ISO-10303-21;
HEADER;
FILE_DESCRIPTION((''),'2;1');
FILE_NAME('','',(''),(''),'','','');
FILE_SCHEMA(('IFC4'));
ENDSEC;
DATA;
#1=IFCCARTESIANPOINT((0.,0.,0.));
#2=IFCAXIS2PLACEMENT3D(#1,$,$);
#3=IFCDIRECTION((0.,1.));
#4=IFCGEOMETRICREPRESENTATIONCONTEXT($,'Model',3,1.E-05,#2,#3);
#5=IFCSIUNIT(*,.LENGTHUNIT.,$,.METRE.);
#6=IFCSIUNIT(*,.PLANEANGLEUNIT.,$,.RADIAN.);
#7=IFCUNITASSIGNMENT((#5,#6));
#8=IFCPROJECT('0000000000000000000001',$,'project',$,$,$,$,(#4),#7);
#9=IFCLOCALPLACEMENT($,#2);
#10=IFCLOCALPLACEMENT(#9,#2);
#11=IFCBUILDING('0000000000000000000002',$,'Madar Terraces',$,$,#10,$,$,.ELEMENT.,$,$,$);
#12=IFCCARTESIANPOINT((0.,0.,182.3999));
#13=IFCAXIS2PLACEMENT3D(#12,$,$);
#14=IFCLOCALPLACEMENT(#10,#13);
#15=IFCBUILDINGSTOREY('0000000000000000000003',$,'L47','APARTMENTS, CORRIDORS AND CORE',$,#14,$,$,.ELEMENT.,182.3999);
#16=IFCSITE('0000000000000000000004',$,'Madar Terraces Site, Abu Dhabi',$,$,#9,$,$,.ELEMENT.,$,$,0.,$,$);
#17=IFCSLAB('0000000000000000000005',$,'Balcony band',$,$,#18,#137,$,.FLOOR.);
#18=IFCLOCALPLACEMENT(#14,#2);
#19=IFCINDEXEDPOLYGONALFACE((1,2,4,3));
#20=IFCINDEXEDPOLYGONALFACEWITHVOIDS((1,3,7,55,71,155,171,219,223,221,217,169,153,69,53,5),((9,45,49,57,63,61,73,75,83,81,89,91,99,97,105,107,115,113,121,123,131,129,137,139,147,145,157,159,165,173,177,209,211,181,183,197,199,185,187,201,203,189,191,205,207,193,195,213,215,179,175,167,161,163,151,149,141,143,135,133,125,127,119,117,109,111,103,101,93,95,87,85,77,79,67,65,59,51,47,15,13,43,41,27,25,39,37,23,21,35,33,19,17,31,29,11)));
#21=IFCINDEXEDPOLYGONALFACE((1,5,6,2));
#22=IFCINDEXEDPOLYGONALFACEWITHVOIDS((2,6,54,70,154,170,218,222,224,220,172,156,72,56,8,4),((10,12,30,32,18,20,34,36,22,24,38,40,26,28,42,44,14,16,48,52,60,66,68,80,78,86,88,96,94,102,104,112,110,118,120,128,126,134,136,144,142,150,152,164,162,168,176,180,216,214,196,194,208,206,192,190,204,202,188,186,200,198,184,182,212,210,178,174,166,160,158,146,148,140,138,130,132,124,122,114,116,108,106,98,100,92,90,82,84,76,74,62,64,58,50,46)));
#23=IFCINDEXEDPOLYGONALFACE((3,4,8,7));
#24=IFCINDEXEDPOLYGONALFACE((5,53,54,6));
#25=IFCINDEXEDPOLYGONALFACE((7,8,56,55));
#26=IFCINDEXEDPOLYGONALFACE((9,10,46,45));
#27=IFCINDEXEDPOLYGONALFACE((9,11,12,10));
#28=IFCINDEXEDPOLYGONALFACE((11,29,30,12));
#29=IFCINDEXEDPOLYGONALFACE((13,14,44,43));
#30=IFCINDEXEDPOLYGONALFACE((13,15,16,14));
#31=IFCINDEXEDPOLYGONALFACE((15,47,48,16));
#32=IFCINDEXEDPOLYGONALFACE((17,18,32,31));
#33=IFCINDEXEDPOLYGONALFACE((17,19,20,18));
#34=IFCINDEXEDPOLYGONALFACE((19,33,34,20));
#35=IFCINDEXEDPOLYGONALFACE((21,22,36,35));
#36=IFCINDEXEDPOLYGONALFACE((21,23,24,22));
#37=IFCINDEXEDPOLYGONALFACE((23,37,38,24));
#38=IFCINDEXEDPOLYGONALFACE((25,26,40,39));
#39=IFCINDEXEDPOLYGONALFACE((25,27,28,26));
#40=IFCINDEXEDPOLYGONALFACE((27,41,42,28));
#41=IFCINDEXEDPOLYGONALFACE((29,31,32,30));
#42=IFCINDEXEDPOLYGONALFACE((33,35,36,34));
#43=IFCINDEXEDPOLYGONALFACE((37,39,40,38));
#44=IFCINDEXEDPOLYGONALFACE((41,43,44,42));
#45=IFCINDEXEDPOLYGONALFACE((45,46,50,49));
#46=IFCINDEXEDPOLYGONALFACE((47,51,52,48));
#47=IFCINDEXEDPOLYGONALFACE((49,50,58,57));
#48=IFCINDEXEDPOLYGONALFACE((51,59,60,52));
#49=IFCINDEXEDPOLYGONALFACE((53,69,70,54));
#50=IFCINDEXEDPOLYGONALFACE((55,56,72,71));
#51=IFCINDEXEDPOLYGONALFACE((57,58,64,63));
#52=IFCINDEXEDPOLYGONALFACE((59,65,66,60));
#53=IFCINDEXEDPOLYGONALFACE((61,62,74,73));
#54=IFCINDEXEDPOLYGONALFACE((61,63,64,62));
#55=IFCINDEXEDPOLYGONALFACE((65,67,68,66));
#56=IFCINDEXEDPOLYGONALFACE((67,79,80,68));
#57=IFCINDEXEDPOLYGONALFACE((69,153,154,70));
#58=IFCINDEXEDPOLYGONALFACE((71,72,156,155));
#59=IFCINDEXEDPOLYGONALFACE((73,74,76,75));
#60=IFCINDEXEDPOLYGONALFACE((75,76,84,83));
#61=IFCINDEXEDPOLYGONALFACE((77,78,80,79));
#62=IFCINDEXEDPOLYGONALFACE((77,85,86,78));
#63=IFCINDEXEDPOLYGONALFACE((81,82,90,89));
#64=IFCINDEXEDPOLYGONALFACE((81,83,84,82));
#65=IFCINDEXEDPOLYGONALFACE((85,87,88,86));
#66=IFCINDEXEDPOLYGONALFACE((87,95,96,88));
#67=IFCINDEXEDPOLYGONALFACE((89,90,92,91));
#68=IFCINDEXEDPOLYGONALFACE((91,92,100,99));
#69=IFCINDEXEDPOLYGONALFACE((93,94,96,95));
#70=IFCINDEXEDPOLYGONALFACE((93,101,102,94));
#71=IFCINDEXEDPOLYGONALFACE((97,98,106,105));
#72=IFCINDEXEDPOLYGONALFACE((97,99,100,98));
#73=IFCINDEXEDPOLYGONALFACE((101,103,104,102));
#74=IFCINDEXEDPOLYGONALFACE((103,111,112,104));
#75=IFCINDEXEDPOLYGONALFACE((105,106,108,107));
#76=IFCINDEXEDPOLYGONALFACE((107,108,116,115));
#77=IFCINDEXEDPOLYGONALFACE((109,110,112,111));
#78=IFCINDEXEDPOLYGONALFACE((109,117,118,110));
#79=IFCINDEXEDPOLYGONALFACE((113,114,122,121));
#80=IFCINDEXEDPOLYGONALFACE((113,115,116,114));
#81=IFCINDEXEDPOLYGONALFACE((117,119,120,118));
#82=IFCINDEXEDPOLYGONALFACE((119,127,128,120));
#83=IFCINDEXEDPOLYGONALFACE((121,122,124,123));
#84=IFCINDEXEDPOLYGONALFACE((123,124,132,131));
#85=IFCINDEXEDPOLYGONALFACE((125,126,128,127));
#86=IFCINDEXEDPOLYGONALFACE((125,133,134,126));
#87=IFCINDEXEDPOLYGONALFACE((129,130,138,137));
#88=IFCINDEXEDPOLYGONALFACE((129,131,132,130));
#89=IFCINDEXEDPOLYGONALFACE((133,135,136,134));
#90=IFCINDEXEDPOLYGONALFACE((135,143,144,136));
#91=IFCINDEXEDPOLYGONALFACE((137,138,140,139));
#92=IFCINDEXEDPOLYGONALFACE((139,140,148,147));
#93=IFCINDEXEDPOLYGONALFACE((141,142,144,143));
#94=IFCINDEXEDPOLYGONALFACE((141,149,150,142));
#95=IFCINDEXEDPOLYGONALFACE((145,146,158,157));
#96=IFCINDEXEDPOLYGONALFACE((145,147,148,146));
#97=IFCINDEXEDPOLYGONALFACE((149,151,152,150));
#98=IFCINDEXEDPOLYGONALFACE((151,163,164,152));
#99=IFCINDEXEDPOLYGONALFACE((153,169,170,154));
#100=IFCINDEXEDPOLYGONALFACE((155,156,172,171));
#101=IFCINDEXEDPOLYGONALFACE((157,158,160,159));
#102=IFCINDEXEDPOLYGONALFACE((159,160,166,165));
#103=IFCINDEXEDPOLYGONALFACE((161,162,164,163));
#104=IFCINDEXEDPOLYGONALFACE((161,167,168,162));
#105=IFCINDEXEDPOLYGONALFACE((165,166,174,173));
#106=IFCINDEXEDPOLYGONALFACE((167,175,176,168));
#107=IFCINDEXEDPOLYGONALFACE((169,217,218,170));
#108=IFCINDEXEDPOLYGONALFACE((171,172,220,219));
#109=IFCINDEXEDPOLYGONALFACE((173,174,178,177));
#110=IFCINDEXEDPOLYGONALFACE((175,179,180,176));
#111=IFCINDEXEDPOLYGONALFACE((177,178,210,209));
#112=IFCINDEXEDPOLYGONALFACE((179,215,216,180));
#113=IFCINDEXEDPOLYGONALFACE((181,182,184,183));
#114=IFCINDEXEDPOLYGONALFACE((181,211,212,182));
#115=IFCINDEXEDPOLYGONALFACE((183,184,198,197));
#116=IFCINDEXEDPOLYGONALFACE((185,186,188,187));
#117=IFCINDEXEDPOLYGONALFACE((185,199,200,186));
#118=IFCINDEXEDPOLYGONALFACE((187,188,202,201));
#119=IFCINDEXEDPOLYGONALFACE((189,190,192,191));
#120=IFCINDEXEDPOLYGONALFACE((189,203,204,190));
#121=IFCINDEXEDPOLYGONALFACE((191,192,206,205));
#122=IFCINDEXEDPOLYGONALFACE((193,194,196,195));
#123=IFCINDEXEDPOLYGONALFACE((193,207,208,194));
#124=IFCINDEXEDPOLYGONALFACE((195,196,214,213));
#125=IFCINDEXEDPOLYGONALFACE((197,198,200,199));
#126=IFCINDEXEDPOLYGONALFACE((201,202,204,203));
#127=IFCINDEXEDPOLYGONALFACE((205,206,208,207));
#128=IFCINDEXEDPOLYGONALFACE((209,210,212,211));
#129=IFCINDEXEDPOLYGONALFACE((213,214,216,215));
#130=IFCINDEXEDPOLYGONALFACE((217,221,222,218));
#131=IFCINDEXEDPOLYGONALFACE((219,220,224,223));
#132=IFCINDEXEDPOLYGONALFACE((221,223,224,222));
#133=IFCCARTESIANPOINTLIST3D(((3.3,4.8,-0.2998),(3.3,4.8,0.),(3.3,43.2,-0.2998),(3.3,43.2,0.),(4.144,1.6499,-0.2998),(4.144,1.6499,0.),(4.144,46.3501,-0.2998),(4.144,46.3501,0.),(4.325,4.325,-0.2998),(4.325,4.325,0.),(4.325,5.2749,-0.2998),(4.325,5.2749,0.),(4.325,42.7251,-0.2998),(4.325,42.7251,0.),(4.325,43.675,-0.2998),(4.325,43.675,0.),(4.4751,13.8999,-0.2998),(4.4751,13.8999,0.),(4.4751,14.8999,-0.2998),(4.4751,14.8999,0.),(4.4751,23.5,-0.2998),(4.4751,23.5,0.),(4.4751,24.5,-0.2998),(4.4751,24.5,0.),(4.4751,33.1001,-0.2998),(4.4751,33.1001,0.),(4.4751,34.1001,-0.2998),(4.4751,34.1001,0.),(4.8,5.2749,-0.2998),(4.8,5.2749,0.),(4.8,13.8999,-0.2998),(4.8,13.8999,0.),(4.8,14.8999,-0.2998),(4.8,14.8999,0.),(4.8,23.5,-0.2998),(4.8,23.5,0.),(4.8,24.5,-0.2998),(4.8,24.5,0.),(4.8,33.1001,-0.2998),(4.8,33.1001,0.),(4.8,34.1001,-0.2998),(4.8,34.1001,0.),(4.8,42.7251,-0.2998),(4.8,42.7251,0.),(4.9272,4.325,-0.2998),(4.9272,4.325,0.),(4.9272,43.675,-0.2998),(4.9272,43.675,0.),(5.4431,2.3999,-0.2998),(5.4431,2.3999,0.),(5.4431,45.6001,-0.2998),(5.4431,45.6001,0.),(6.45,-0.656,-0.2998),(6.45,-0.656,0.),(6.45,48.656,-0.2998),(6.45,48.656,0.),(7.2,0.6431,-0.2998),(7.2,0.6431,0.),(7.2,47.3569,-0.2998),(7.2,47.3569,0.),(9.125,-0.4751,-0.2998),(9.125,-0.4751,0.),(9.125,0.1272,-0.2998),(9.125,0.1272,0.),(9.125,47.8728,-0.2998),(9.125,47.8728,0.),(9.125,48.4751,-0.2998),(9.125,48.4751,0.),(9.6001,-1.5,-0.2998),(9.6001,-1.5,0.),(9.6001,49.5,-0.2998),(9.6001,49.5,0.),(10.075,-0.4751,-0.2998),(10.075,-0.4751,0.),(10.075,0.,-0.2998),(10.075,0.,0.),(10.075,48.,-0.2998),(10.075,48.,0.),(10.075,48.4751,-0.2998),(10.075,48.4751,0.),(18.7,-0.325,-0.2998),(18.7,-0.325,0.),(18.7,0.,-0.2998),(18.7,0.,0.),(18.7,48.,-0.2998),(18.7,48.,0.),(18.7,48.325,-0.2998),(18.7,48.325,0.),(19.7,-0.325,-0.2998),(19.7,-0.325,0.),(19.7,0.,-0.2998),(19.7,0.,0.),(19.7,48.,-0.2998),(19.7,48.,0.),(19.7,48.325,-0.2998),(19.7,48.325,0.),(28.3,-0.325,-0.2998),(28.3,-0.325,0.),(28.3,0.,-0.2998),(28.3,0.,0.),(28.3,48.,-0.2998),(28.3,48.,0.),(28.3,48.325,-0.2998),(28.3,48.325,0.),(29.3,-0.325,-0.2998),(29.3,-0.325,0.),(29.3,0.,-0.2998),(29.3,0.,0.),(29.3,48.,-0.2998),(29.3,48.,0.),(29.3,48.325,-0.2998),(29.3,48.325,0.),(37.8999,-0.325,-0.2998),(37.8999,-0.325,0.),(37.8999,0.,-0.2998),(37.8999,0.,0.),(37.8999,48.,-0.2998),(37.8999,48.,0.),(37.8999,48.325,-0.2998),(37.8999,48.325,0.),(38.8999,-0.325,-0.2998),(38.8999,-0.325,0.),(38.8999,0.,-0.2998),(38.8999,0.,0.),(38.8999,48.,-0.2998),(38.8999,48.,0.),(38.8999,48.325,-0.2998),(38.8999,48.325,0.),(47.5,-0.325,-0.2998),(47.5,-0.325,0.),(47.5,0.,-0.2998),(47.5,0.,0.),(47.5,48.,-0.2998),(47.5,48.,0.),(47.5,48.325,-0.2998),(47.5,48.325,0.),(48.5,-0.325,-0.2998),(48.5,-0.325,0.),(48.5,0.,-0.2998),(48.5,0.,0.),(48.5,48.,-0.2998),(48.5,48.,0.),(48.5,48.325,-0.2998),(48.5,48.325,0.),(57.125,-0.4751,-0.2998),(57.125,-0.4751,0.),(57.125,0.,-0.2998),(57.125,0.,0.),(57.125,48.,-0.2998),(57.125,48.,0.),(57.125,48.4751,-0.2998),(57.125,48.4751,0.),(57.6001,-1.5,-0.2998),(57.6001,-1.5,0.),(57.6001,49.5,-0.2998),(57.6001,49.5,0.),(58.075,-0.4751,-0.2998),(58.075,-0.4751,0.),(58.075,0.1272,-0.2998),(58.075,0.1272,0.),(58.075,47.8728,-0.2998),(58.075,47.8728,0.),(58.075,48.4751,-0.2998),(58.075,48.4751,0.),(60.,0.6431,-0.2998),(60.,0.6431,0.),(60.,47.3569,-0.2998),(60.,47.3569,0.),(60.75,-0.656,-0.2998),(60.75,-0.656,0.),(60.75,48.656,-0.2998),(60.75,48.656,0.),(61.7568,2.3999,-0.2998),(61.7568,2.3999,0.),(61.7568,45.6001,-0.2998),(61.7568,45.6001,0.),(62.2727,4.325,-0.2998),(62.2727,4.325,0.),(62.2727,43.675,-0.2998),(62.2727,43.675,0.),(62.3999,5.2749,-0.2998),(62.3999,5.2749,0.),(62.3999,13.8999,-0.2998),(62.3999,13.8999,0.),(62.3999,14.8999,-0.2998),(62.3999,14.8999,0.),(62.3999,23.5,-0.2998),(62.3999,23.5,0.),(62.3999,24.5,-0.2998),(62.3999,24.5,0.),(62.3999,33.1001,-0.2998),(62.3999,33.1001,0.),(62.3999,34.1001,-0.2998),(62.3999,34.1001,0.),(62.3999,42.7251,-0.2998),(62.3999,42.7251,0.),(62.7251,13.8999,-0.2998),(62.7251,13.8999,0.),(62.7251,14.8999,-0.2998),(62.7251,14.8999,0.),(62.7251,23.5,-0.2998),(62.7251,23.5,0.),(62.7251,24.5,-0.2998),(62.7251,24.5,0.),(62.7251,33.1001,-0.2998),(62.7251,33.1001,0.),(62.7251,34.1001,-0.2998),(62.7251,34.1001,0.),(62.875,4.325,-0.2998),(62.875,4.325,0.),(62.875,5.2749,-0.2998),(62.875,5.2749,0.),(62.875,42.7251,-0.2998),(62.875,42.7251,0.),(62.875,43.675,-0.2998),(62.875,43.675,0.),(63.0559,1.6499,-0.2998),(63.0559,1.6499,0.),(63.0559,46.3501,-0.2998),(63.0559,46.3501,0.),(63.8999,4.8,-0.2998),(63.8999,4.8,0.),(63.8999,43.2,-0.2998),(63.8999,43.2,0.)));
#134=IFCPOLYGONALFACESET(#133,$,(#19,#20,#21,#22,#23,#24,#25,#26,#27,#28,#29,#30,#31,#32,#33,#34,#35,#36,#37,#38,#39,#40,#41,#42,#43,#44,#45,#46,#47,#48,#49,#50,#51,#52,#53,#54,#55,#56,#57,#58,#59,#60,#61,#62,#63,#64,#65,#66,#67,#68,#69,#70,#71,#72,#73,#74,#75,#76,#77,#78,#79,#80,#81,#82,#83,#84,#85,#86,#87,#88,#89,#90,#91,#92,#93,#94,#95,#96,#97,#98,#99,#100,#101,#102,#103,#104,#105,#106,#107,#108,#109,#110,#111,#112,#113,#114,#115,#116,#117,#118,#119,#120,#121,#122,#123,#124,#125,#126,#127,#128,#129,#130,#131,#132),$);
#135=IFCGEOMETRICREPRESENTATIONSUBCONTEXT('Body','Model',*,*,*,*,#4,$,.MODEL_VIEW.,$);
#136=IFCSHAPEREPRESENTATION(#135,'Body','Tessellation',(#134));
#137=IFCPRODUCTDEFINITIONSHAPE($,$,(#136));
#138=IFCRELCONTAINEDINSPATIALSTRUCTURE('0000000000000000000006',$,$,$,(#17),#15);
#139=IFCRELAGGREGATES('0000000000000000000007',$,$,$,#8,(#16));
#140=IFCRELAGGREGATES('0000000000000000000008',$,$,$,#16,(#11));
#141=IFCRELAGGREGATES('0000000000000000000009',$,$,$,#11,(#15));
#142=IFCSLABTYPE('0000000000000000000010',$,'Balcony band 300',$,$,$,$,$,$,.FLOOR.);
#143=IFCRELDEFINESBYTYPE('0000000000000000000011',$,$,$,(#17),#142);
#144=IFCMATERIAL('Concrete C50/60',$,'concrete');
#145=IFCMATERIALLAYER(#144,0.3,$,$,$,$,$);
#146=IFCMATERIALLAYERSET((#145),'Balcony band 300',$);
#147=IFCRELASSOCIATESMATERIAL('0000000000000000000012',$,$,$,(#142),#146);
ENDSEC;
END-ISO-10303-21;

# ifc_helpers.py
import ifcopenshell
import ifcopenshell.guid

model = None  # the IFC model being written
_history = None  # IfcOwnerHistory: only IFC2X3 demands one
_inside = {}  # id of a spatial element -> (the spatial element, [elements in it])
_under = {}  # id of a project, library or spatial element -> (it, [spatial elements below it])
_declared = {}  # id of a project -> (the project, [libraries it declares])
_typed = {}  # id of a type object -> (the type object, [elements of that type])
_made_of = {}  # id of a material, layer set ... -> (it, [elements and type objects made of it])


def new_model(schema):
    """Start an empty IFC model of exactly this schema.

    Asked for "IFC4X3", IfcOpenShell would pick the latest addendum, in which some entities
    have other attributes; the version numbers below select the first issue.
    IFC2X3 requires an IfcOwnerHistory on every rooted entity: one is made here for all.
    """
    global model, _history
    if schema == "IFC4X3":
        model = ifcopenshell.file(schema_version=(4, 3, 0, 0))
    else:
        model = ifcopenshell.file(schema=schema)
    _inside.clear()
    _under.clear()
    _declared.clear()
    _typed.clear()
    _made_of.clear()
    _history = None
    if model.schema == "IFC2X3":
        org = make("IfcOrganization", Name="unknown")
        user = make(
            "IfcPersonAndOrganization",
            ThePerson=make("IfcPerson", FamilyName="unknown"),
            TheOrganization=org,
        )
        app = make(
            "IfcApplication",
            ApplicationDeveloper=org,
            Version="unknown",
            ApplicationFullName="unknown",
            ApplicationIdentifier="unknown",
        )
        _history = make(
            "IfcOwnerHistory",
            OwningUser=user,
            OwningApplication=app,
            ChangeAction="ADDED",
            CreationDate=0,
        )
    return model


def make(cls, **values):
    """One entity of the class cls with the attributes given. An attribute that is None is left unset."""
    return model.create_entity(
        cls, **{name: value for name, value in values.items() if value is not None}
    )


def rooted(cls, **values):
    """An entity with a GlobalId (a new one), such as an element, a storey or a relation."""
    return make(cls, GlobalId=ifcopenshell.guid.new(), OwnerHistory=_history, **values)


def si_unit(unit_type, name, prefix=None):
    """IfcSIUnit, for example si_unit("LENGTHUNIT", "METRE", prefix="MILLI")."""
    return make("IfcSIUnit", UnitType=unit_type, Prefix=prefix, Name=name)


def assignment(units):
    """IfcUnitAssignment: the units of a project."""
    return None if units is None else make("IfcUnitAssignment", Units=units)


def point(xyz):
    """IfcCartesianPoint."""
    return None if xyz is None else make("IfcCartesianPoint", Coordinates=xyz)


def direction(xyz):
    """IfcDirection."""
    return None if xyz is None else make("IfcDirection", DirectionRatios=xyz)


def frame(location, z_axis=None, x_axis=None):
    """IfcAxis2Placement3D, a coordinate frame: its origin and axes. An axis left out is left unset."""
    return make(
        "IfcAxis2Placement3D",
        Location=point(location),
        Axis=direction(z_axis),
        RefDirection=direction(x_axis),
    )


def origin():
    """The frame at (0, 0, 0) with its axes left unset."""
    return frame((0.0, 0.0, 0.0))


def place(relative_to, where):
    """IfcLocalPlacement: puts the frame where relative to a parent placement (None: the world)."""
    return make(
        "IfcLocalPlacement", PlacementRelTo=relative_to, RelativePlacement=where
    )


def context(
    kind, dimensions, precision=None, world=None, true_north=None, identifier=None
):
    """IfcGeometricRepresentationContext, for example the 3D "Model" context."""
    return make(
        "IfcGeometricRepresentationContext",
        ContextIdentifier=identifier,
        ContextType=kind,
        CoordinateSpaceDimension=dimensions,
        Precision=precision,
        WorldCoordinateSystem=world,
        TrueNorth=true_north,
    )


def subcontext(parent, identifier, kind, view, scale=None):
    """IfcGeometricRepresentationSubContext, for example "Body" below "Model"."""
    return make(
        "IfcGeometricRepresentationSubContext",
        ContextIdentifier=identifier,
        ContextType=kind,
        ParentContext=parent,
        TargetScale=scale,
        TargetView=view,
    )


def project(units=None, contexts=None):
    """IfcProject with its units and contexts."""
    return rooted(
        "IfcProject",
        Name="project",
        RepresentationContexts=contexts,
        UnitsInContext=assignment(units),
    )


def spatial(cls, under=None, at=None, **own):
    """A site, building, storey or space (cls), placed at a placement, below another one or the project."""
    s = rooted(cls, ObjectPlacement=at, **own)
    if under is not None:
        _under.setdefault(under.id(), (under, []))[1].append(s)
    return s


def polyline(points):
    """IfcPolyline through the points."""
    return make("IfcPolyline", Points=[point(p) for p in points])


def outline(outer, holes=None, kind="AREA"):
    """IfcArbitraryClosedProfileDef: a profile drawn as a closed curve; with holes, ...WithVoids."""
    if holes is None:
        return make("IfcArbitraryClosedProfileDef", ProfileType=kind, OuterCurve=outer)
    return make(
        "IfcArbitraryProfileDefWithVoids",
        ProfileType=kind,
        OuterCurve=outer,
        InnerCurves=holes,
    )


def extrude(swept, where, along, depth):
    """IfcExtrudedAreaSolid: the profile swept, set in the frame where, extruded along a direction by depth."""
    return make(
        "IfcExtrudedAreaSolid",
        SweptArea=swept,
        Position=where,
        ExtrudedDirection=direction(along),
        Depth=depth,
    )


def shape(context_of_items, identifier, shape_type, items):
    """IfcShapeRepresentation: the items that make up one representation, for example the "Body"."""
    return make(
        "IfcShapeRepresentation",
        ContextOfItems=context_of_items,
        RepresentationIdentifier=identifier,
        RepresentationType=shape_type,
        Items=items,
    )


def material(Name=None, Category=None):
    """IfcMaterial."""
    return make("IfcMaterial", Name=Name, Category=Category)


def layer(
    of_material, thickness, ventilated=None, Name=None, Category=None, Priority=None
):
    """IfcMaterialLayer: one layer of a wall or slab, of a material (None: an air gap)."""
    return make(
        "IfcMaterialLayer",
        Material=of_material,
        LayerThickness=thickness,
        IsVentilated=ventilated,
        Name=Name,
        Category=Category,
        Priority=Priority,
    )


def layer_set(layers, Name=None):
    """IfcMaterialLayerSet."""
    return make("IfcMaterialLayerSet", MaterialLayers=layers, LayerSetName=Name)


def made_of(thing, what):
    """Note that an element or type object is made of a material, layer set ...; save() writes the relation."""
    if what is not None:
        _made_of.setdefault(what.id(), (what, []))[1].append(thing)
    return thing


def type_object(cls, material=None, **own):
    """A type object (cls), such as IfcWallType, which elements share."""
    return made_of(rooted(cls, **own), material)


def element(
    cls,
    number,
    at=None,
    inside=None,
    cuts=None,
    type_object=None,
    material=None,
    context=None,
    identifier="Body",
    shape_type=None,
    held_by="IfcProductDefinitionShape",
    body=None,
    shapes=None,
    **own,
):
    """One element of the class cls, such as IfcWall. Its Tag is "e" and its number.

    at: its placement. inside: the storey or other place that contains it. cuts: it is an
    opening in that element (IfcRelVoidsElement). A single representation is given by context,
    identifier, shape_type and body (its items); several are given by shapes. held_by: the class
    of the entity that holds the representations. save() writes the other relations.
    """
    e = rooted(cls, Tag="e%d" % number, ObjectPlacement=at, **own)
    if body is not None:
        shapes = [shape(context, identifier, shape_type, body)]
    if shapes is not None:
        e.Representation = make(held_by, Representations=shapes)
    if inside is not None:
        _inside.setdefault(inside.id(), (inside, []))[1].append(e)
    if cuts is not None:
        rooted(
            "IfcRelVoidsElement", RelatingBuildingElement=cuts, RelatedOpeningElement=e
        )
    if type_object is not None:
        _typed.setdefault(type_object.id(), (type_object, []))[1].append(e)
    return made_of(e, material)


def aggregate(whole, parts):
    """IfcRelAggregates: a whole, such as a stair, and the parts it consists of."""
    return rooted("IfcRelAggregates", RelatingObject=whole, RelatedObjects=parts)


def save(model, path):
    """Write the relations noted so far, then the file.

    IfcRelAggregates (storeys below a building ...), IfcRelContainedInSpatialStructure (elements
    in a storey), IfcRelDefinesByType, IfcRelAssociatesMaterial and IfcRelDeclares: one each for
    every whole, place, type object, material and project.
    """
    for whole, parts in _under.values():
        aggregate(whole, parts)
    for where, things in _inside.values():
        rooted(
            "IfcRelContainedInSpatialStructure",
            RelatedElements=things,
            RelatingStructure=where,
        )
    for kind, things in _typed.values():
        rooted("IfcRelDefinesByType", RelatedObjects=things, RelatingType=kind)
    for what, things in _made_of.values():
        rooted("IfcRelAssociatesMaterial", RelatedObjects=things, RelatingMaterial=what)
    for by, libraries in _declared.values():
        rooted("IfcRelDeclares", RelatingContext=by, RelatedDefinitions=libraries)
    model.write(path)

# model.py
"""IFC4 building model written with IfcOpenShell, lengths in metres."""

from ifc_helpers import new_model, si_unit, direction, frame, origin, place, context, subcontext, project, spatial, polyline, outline, extrude, material, layer, layer_set, type_object, element, save


model = new_model("IFC4")

# Units and contexts
model_context = context("Model", 3, precision=1e-05, world=origin(), true_north=direction((0.0, 1.0)))
body_context = subcontext(model_context, "Body", "Model", "MODEL_VIEW")
ifc_project = project(units=[si_unit("LENGTHUNIT", "METRE"), si_unit("PLANEANGLEUNIT", "RADIAN")], contexts=[model_context])

# Site, building, storey
site_placement = place(None, origin())
site = spatial("IfcSite", under=ifc_project, at=site_placement, Name="Madar Terraces Site, Abu Dhabi", CompositionType="ELEMENT", RefElevation=0.0)
building_placement = place(site_placement, origin())
building = spatial("IfcBuilding", under=site, at=building_placement, Name="Madar Terraces", CompositionType="ELEMENT")
storey_placement = place(building_placement, frame((0.0, 0.0, 182.3999)))
storey = spatial("IfcBuildingStorey", under=building, at=storey_placement, Name="L47", Description="APARTMENTS, CORRIDORS AND CORE", CompositionType="ELEMENT", Elevation=182.3999)

# Slab
ifc_material_1 = material(Name="Concrete C50/60", Category="concrete")
ifc_layer_1 = layer(ifc_material_1, 0.3)
ifc_layer_set_1 = layer_set([ifc_layer_1], Name="Balcony band 300")
slab_type_1 = type_object("IfcSlabType", Name="Balcony band 300", PredefinedType="FLOOR", material=ifc_layer_set_1)
slab_1_placement = place(storey_placement, frame((0.0, 0.0, -0.2998)))
element("IfcSlab", 1, at=slab_1_placement, inside=storey, type_object=slab_type_1, Name="Balcony band", PredefinedType="FLOOR", context=body_context, shape_type="SweptSolid", body=[
    extrude(outline(polyline([(9.6001, -1.5), (6.45, -0.656), (4.144, 1.6499), (3.3, 4.8), (3.3, 43.2), (4.144, 46.3501), (6.45, 48.656), (9.6001, 49.5), (57.6001, 49.5), (60.75, 48.656), (63.0559, 46.3501), (63.8999, 43.2), (63.8999, 4.8), (63.0559, 1.6499), (60.75, -0.656), (57.6001, -1.5), (9.6001, -1.5)]), holes=[polyline([(10.075, -0.4751), (10.075, 0.0), (18.7, 0.0), (18.7, -0.325), (19.7, -0.325), (19.7, 0.0), (28.3, 0.0), (28.3, -0.325), (29.3, -0.325), (29.3, 0.0), (37.8999, 0.0), (37.8999, -0.325), (38.8999, -0.325), (38.8999, 0.0), (47.5, 0.0), (47.5, -0.325), (48.5, -0.325), (48.5, 0.0), (57.125, 0.0), (57.125, -0.4751), (58.075, -0.4751), (58.075, 0.1272), (60.0, 0.6431), (61.7568, 2.3999), (62.2727, 4.325), (62.875, 4.325), (62.875, 5.2749), (62.3999, 5.2749), (62.3999, 13.8999), (62.7251, 13.8999), (62.7251, 14.8999), (62.3999, 14.8999), (62.3999, 23.5), (62.7251, 23.5), (62.7251, 24.5), (62.3999, 24.5), (62.3999, 33.1001), (62.7251, 33.1001), (62.7251, 34.1001), (62.3999, 34.1001), (62.3999, 42.7251), (62.875, 42.7251), (62.875, 43.675), (62.2727, 43.675), (61.7568, 45.6001), (60.0, 47.3569), (58.075, 47.8728), (58.075, 48.4751), (57.125, 48.4751), (57.125, 48.0), (48.5, 48.0), (48.5, 48.325), (47.5, 48.325), (47.5, 48.0), (38.8999, 48.0), (38.8999, 48.325), (37.8999, 48.325), (37.8999, 48.0), (29.3, 48.0), (29.3, 48.325), (28.3, 48.325), (28.3, 48.0), (19.7, 48.0), (19.7, 48.325), (18.7, 48.325), (18.7, 48.0), (10.075, 48.0), (10.075, 48.4751), (9.125, 48.4751), (9.125, 47.8728), (7.2, 47.3569), (5.4431, 45.6001), (4.9272, 43.675), (4.325, 43.675), (4.325, 42.7251), (4.8, 42.7251), (4.8, 34.1001), (4.4751, 34.1001), (4.4751, 33.1001), (4.8, 33.1001), (4.8, 24.5), (4.4751, 24.5), (4.4751, 23.5), (4.8, 23.5), (4.8, 14.8999), (4.4751, 14.8999), (4.4751, 13.8999), (4.8, 13.8999), (4.8, 5.2749), (4.325, 5.2749), (4.325, 4.325), (4.9272, 4.325), (5.4431, 2.3999), (7.2, 0.6431), (9.125, 0.1272), (9.125, -0.4751), (10.075, -0.4751)])]), origin(), (0.0, 0.0, 1.0), 0.2998),
])

save(model, "model.ifc")
